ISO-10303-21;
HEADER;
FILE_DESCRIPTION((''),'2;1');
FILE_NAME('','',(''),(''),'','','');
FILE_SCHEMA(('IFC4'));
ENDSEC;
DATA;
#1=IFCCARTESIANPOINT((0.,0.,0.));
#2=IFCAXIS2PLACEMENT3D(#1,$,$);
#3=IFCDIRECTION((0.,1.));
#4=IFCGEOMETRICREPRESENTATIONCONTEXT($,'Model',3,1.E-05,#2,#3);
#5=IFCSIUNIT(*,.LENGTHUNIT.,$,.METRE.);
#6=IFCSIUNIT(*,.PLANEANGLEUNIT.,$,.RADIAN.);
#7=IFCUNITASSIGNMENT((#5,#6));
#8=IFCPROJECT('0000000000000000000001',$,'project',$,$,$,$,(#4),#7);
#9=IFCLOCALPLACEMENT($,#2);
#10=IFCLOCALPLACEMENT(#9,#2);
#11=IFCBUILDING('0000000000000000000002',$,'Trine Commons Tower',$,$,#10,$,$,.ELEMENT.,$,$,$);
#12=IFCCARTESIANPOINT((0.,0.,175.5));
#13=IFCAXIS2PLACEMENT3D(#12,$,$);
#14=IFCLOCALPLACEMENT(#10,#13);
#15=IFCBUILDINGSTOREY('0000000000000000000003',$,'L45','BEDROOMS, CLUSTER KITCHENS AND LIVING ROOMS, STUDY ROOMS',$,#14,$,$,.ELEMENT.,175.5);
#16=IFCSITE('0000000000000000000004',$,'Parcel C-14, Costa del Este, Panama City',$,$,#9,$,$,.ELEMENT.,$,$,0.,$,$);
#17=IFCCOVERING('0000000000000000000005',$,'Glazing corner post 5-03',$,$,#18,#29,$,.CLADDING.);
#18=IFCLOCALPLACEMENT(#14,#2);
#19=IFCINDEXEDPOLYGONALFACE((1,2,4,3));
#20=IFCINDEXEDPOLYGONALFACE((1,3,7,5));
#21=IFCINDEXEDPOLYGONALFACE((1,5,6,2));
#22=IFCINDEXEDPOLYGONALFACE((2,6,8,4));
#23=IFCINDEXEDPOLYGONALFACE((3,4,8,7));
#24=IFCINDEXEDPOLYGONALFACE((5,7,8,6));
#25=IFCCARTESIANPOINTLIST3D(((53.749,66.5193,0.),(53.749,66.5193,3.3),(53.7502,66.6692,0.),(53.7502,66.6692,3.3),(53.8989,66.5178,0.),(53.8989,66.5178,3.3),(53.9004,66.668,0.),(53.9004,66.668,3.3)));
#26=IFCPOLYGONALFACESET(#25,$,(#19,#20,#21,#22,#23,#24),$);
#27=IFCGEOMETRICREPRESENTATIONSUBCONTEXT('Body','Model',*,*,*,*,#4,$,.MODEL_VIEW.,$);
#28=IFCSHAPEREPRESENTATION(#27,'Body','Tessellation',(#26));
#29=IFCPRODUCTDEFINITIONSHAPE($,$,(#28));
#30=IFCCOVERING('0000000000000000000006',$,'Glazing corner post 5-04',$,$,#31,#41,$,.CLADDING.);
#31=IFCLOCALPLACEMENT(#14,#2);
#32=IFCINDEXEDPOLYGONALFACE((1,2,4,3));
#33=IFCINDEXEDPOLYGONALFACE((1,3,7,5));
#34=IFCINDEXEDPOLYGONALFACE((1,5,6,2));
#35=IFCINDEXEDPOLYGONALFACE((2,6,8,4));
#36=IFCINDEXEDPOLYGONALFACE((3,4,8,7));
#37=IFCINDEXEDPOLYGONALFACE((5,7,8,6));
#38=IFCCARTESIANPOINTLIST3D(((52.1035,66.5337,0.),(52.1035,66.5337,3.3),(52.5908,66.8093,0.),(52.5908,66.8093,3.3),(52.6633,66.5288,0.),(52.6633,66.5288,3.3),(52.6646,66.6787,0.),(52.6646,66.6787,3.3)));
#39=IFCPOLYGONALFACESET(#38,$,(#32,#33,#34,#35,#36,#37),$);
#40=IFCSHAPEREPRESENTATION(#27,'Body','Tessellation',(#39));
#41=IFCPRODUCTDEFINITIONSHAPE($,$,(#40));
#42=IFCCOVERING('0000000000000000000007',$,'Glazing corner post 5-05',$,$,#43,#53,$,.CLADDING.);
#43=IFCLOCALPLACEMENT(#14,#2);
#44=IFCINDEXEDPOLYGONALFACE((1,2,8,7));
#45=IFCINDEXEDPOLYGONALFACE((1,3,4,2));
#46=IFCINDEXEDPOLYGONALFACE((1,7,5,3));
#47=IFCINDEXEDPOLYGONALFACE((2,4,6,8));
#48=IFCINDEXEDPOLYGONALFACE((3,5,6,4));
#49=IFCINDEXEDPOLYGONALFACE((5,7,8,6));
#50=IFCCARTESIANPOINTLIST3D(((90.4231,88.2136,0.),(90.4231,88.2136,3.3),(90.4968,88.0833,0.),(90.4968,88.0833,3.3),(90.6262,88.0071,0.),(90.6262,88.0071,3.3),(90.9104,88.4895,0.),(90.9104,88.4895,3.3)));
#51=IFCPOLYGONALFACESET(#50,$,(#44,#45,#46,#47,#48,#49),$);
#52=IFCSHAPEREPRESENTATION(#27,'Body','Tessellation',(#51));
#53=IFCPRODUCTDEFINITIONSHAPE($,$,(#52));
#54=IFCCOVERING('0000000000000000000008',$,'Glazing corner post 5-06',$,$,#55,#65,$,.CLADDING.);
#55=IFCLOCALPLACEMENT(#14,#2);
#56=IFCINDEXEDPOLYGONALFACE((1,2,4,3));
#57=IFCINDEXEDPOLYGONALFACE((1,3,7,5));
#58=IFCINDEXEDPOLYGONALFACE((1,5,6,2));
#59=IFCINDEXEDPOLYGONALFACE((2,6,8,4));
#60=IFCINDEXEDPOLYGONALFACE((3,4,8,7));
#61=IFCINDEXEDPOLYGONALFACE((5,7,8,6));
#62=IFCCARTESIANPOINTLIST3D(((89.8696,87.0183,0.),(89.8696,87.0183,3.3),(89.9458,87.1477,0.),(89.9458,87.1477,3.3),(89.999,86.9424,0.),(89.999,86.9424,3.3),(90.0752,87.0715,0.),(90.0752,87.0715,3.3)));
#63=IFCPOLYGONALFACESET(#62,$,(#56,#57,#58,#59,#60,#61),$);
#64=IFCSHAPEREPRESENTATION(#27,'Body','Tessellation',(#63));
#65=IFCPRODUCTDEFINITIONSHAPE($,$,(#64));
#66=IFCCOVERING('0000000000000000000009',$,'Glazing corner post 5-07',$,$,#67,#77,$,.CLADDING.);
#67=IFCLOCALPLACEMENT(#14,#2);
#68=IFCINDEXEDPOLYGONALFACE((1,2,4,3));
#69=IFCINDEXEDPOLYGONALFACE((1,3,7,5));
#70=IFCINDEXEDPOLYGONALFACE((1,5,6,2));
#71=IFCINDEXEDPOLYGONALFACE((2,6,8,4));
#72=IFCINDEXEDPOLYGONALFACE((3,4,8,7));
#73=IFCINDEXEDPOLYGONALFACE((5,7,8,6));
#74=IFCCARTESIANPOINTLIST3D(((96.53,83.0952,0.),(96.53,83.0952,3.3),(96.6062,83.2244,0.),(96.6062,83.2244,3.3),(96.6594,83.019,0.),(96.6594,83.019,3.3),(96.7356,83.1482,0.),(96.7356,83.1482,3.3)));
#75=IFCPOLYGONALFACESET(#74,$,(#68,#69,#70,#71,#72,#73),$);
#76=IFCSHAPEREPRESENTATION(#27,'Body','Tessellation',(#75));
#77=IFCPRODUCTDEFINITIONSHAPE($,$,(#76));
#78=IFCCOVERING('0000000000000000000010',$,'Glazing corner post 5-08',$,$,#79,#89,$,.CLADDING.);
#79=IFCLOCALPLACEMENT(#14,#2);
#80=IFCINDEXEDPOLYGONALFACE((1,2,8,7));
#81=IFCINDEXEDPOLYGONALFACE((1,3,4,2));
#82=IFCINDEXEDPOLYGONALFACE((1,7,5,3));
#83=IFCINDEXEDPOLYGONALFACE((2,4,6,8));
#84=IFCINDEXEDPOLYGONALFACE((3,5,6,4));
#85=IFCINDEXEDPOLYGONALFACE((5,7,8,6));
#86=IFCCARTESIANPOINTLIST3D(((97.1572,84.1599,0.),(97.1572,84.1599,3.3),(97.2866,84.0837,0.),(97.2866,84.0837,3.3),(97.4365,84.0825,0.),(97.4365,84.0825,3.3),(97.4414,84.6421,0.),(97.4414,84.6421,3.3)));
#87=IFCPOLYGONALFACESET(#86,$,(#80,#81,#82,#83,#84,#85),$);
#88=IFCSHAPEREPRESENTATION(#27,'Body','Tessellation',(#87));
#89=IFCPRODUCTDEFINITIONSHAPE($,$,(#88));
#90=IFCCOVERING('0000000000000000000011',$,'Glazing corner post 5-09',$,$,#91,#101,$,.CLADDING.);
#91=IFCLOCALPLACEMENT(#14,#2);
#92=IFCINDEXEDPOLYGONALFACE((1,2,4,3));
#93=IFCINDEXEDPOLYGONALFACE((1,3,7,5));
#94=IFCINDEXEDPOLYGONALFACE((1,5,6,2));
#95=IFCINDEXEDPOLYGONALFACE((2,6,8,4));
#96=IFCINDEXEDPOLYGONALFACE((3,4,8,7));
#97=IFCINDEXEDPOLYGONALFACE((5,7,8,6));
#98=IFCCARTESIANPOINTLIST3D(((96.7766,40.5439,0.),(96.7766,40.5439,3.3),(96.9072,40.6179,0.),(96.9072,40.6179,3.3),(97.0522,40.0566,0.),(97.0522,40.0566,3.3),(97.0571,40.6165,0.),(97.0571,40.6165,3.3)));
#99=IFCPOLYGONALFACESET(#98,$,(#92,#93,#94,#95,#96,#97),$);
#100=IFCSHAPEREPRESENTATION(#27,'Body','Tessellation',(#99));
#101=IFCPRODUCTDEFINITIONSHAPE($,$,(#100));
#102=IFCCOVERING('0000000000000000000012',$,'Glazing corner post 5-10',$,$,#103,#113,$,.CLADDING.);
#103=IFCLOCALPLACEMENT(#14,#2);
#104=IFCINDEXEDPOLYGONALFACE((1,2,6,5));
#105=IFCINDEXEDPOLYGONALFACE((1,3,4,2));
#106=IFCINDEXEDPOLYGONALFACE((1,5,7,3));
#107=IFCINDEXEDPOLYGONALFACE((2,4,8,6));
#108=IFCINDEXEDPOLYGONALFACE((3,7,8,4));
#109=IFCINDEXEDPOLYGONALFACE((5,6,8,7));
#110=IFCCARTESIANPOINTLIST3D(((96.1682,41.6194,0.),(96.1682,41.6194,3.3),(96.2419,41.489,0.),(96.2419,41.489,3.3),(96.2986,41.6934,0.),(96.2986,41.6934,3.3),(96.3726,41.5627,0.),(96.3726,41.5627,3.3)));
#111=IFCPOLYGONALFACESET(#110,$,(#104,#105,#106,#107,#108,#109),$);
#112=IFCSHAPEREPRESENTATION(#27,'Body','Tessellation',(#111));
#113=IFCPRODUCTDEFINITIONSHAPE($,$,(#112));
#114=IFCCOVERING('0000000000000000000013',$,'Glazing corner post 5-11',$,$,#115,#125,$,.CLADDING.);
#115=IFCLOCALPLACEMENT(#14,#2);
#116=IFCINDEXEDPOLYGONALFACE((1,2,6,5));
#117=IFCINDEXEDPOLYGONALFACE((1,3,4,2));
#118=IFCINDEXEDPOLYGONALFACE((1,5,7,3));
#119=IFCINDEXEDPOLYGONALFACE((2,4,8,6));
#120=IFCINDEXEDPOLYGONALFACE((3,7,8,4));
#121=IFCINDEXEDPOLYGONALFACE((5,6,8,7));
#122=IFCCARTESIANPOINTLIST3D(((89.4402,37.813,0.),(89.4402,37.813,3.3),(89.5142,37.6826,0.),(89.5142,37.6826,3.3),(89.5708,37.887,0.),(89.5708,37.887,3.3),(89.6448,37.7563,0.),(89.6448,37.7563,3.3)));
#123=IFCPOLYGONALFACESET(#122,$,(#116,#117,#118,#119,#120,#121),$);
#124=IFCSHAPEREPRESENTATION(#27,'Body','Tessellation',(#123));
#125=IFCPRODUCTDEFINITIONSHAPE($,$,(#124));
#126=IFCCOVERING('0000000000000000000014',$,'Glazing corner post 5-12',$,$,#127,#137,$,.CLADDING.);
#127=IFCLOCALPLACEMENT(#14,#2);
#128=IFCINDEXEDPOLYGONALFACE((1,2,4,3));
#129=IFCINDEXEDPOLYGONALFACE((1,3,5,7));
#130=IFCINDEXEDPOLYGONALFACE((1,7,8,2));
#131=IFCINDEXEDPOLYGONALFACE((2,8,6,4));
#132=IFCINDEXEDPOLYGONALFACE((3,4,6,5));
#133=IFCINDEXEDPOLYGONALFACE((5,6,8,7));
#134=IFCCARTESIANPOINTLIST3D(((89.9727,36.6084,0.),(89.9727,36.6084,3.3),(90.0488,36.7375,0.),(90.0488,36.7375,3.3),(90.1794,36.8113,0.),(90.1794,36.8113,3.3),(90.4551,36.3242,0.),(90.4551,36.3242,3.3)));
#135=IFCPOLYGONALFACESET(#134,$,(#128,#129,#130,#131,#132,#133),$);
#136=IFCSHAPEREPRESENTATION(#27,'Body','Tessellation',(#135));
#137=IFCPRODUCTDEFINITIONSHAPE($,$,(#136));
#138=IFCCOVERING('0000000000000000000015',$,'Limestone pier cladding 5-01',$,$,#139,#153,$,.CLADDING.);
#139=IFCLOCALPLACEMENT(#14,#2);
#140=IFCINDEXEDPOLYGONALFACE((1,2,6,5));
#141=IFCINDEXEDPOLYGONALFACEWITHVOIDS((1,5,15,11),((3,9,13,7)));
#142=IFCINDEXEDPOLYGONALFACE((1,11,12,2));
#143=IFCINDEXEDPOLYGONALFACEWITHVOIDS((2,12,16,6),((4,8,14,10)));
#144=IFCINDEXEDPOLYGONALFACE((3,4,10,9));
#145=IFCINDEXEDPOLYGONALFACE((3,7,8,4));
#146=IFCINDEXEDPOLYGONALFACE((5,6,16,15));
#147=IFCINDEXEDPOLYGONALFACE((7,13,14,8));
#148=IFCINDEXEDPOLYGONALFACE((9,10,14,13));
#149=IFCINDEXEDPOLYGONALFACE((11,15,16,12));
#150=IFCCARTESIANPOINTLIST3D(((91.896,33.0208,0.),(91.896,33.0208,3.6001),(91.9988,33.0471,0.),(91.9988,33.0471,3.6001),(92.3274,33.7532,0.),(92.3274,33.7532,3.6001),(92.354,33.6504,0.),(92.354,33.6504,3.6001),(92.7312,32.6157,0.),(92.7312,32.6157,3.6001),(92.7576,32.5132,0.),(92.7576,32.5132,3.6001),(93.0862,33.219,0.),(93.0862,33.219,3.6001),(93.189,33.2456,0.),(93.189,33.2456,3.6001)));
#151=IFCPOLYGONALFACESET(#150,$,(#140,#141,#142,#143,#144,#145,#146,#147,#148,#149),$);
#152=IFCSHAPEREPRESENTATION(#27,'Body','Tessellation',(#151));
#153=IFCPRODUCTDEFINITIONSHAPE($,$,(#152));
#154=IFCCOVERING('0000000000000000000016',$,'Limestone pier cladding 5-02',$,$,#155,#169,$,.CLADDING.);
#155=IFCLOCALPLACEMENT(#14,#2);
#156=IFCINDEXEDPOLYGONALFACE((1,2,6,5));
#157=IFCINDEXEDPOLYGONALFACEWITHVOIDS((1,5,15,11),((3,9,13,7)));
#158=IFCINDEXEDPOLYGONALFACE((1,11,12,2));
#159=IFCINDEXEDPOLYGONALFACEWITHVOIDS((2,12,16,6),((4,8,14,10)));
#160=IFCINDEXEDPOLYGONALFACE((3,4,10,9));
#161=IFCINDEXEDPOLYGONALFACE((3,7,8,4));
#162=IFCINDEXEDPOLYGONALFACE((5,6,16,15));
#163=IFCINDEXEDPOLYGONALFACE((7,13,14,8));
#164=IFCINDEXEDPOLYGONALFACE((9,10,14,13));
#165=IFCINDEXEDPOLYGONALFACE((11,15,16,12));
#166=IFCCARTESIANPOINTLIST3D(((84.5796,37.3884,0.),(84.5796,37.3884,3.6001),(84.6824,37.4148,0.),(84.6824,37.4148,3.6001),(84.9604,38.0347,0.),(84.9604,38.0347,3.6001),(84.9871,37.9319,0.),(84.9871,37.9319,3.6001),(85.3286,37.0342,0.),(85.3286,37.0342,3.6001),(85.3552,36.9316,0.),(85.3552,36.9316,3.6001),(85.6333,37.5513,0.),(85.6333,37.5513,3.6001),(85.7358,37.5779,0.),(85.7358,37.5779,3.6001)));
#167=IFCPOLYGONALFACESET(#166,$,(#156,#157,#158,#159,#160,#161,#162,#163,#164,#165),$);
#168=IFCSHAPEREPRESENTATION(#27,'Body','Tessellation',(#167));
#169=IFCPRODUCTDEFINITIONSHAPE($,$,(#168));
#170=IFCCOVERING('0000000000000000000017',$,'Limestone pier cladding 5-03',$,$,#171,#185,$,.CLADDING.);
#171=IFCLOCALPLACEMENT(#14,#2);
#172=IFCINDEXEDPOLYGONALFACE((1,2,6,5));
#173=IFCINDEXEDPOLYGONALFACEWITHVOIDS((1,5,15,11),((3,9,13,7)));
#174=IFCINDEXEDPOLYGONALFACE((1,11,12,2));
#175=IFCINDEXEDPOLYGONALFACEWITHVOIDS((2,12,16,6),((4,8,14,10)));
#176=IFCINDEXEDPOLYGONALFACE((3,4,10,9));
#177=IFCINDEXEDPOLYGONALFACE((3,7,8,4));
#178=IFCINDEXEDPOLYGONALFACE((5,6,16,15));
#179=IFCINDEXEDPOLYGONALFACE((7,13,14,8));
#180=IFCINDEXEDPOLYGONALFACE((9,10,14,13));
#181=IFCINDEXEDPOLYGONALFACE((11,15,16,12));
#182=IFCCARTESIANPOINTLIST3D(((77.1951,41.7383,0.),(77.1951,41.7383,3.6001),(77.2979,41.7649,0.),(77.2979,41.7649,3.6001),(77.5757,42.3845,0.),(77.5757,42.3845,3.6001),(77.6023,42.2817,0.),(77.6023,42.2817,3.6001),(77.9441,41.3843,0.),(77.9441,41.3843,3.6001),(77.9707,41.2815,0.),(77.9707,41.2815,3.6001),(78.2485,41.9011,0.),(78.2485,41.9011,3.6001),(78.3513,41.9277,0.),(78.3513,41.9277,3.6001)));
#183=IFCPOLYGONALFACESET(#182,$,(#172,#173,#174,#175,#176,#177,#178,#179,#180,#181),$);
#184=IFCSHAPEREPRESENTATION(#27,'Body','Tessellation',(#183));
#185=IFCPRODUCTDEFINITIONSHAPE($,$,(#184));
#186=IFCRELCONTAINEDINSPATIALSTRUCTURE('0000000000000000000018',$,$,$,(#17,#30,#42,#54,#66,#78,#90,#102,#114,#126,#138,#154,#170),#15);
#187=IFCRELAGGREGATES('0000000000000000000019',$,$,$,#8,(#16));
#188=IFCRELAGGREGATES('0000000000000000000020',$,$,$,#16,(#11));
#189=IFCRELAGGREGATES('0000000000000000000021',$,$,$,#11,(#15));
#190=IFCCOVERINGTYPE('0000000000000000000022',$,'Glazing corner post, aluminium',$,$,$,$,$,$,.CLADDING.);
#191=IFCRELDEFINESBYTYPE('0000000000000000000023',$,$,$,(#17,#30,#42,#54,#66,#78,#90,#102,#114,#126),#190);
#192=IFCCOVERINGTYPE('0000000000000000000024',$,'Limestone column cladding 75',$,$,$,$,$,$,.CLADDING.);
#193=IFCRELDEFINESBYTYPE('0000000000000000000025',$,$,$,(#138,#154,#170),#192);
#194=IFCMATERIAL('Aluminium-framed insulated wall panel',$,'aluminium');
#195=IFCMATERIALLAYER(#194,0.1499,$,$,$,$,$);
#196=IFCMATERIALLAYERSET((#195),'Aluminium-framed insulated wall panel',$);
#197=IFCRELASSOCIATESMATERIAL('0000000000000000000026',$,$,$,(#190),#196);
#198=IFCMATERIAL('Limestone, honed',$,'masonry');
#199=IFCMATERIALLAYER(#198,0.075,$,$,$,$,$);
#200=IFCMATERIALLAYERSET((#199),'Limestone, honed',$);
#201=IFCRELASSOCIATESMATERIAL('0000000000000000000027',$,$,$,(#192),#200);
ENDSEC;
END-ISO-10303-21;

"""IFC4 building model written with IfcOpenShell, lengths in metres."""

from ifc_helpers import new_model, si_unit, direction, frame, origin, place, context, subcontext, project, spatial, polyline, outline, extrude, material, layer, layer_set, type_object, element, save


model = new_model("IFC4")

# Units and contexts
model_context = context("Model", 3, precision=1e-05, world=origin(), true_north=direction((0.0, 1.0)))
body_context = subcontext(model_context, "Body", "Model", "MODEL_VIEW")
ifc_project = project(units=[si_unit("LENGTHUNIT", "METRE"), si_unit("PLANEANGLEUNIT", "RADIAN")], contexts=[model_context])

# Site, building, storey
site_placement = place(None, origin())
site = spatial("IfcSite", under=ifc_project, at=site_placement, Name="Parcel C-14, Costa del Este, Panama City", CompositionType="ELEMENT", RefElevation=0.0)
building_placement = place(site_placement, origin())
building = spatial("IfcBuilding", under=site, at=building_placement, Name="Trine Commons Tower", CompositionType="ELEMENT")
storey_placement = place(building_placement, frame((0.0, 0.0, 175.5)))
storey = spatial("IfcBuildingStorey", under=building, at=storey_placement, Name="L45", Description="BEDROOMS, CLUSTER KITCHENS AND LIVING ROOMS, STUDY ROOMS", CompositionType="ELEMENT", Elevation=175.5)

# Coverings
ifc_material_1 = material(Name="Aluminium-framed insulated wall panel", Category="aluminium")
ifc_layer_1 = layer(ifc_material_1, 0.1499)
ifc_layer_set_1 = layer_set([ifc_layer_1], Name="Aluminium-framed insulated wall panel")
covering_type_1 = type_object("IfcCoveringType", Name="Glazing corner post, aluminium", PredefinedType="CLADDING", material=ifc_layer_set_1)
covering_1_placement = place(storey_placement, origin())
element("IfcCovering", 1, at=covering_1_placement, inside=storey, type_object=covering_type_1, Name="Glazing corner post 5-03", PredefinedType="CLADDING", context=body_context, shape_type="SweptSolid", body=[
    extrude(outline(polyline([(53.8989, 66.5178), (53.9004, 66.668), (53.7502, 66.6692), (53.749, 66.5193), (53.8989, 66.5178)])), origin(), (0.0, 0.0, 1.0), 3.3),
])
covering_2_placement = place(storey_placement, origin())
element("IfcCovering", 2, at=covering_2_placement, inside=storey, type_object=covering_type_1, Name="Glazing corner post 5-04", PredefinedType="CLADDING", context=body_context, shape_type="SweptSolid", body=[
    extrude(outline(polyline([(52.6633, 66.5288), (52.6646, 66.6787), (52.5908, 66.8093), (52.1035, 66.5337), (52.6633, 66.5288)])), origin(), (0.0, 0.0, 1.0), 3.3),
])
covering_3_placement = place(storey_placement, origin())
element("IfcCovering", 3, at=covering_3_placement, inside=storey, type_object=covering_type_1, Name="Glazing corner post 5-05", PredefinedType="CLADDING", context=body_context, shape_type="SweptSolid", body=[
    extrude(outline(polyline([(90.6262, 88.0071), (90.9104, 88.4895), (90.4231, 88.2136), (90.4968, 88.0833), (90.6262, 88.0071)])), origin(), (0.0, 0.0, 1.0), 3.3),
])
covering_4_placement = place(storey_placement, origin())
element("IfcCovering", 4, at=covering_4_placement, inside=storey, type_object=covering_type_1, Name="Glazing corner post 5-06", PredefinedType="CLADDING", context=body_context, shape_type="SweptSolid", body=[
    extrude(outline(polyline([(89.999, 86.9424), (90.0752, 87.0715), (89.9458, 87.1477), (89.8696, 87.0183), (89.999, 86.9424)])), origin(), (0.0, 0.0, 1.0), 3.3),
])
covering_5_placement = place(storey_placement, origin())
element("IfcCovering", 5, at=covering_5_placement, inside=storey, type_object=covering_type_1, Name="Glazing corner post 5-07", PredefinedType="CLADDING", context=body_context, shape_type="SweptSolid", body=[
    extrude(outline(polyline([(96.53, 83.0952), (96.6594, 83.019), (96.7356, 83.1482), (96.6062, 83.2244), (96.53, 83.0952)])), origin(), (0.0, 0.0, 1.0), 3.3),
])
covering_6_placement = place(storey_placement, origin())
element("IfcCovering", 6, at=covering_6_placement, inside=storey, type_object=covering_type_1, Name="Glazing corner post 5-08", PredefinedType="CLADDING", context=body_context, shape_type="SweptSolid", body=[
    extrude(outline(polyline([(97.4365, 84.0825), (97.4414, 84.6421), (97.1572, 84.1599), (97.2866, 84.0837), (97.4365, 84.0825)])), origin(), (0.0, 0.0, 1.0), 3.3),
])
covering_7_placement = place(storey_placement, origin())
element("IfcCovering", 7, at=covering_7_placement, inside=storey, type_object=covering_type_1, Name="Glazing corner post 5-09", PredefinedType="CLADDING", context=body_context, shape_type="SweptSolid", body=[
    extrude(outline(polyline([(96.7766, 40.5439), (97.0522, 40.0566), (97.0571, 40.6165), (96.9072, 40.6179), (96.9072, 40.6179), (96.7766, 40.5439)])), origin(), (0.0, 0.0, 1.0), 3.3),
])
covering_8_placement = place(storey_placement, origin())
element("IfcCovering", 8, at=covering_8_placement, inside=storey, type_object=covering_type_1, Name="Glazing corner post 5-10", PredefinedType="CLADDING", context=body_context, shape_type="SweptSolid", body=[
    extrude(outline(polyline([(96.1682, 41.6194), (96.2419, 41.489), (96.3726, 41.5627), (96.2986, 41.6934), (96.1682, 41.6194)])), origin(), (0.0, 0.0, 1.0), 3.3),
])
covering_9_placement = place(storey_placement, origin())
element("IfcCovering", 9, at=covering_9_placement, inside=storey, type_object=covering_type_1, Name="Glazing corner post 5-11", PredefinedType="CLADDING", context=body_context, shape_type="SweptSolid", body=[
    extrude(outline(polyline([(89.5142, 37.6826), (89.6448, 37.7563), (89.5708, 37.887), (89.4402, 37.813), (89.5142, 37.6826)])), origin(), (0.0, 0.0, 1.0), 3.3),
])
covering_10_placement = place(storey_placement, origin())
element("IfcCovering", 10, at=covering_10_placement, inside=storey, type_object=covering_type_1, Name="Glazing corner post 5-12", PredefinedType="CLADDING", context=body_context, shape_type="SweptSolid", body=[
    extrude(outline(polyline([(89.9727, 36.6084), (90.4551, 36.3242), (90.1794, 36.8113), (90.0488, 36.7375), (89.9727, 36.6084)])), origin(), (0.0, 0.0, 1.0), 3.3),
])
ifc_material_2 = material(Name="Limestone, honed", Category="masonry")
ifc_layer_2 = layer(ifc_material_2, 0.075)
ifc_layer_set_2 = layer_set([ifc_layer_2], Name="Limestone, honed")
covering_type_2 = type_object("IfcCoveringType", Name="Limestone column cladding 75", PredefinedType="CLADDING", material=ifc_layer_set_2)
covering_11_placement = place(storey_placement, origin())
element("IfcCovering", 11, at=covering_11_placement, inside=storey, type_object=covering_type_2, Name="Limestone pier cladding 5-01", PredefinedType="CLADDING", context=body_context, shape_type="SweptSolid", body=[
    extrude(outline(polyline([(92.3274, 33.7532), (91.896, 33.0208), (92.7576, 32.5132), (93.189, 33.2456), (92.3274, 33.7532)]), holes=[polyline([(92.354, 33.6504), (91.9988, 33.0471), (92.7312, 32.6157), (93.0862, 33.219), (92.354, 33.6504)])]), origin(), (0.0, 0.0, 1.0), 3.6001),
])
covering_12_placement = place(storey_placement, origin())
element("IfcCovering", 12, at=covering_12_placement, inside=storey, type_object=covering_type_2, Name="Limestone pier cladding 5-02", PredefinedType="CLADDING", context=body_context, shape_type="SweptSolid", body=[
    extrude(outline(polyline([(84.9604, 38.0347), (84.5796, 37.3884), (85.3552, 36.9316), (85.7358, 37.5779), (84.9604, 38.0347)]), holes=[polyline([(84.9871, 37.9319), (84.6824, 37.4148), (85.3286, 37.0342), (85.6333, 37.5513), (84.9871, 37.9319)])]), origin(), (0.0, 0.0, 1.0), 3.6001),
])
covering_13_placement = place(storey_placement, origin())
element("IfcCovering", 13, at=covering_13_placement, inside=storey, type_object=covering_type_2, Name="Limestone pier cladding 5-03", PredefinedType="CLADDING", context=body_context, shape_type="SweptSolid", body=[
    extrude(outline(polyline([(77.5757, 42.3845), (77.1951, 41.7383), (77.9707, 41.2815), (78.3513, 41.9277), (77.5757, 42.3845)]), holes=[polyline([(77.6023, 42.2817), (77.2979, 41.7649), (77.9441, 41.3843), (78.2485, 41.9011), (77.6023, 42.2817)])]), origin(), (0.0, 0.0, 1.0), 3.6001),
])

save(model, "model.ifc")
